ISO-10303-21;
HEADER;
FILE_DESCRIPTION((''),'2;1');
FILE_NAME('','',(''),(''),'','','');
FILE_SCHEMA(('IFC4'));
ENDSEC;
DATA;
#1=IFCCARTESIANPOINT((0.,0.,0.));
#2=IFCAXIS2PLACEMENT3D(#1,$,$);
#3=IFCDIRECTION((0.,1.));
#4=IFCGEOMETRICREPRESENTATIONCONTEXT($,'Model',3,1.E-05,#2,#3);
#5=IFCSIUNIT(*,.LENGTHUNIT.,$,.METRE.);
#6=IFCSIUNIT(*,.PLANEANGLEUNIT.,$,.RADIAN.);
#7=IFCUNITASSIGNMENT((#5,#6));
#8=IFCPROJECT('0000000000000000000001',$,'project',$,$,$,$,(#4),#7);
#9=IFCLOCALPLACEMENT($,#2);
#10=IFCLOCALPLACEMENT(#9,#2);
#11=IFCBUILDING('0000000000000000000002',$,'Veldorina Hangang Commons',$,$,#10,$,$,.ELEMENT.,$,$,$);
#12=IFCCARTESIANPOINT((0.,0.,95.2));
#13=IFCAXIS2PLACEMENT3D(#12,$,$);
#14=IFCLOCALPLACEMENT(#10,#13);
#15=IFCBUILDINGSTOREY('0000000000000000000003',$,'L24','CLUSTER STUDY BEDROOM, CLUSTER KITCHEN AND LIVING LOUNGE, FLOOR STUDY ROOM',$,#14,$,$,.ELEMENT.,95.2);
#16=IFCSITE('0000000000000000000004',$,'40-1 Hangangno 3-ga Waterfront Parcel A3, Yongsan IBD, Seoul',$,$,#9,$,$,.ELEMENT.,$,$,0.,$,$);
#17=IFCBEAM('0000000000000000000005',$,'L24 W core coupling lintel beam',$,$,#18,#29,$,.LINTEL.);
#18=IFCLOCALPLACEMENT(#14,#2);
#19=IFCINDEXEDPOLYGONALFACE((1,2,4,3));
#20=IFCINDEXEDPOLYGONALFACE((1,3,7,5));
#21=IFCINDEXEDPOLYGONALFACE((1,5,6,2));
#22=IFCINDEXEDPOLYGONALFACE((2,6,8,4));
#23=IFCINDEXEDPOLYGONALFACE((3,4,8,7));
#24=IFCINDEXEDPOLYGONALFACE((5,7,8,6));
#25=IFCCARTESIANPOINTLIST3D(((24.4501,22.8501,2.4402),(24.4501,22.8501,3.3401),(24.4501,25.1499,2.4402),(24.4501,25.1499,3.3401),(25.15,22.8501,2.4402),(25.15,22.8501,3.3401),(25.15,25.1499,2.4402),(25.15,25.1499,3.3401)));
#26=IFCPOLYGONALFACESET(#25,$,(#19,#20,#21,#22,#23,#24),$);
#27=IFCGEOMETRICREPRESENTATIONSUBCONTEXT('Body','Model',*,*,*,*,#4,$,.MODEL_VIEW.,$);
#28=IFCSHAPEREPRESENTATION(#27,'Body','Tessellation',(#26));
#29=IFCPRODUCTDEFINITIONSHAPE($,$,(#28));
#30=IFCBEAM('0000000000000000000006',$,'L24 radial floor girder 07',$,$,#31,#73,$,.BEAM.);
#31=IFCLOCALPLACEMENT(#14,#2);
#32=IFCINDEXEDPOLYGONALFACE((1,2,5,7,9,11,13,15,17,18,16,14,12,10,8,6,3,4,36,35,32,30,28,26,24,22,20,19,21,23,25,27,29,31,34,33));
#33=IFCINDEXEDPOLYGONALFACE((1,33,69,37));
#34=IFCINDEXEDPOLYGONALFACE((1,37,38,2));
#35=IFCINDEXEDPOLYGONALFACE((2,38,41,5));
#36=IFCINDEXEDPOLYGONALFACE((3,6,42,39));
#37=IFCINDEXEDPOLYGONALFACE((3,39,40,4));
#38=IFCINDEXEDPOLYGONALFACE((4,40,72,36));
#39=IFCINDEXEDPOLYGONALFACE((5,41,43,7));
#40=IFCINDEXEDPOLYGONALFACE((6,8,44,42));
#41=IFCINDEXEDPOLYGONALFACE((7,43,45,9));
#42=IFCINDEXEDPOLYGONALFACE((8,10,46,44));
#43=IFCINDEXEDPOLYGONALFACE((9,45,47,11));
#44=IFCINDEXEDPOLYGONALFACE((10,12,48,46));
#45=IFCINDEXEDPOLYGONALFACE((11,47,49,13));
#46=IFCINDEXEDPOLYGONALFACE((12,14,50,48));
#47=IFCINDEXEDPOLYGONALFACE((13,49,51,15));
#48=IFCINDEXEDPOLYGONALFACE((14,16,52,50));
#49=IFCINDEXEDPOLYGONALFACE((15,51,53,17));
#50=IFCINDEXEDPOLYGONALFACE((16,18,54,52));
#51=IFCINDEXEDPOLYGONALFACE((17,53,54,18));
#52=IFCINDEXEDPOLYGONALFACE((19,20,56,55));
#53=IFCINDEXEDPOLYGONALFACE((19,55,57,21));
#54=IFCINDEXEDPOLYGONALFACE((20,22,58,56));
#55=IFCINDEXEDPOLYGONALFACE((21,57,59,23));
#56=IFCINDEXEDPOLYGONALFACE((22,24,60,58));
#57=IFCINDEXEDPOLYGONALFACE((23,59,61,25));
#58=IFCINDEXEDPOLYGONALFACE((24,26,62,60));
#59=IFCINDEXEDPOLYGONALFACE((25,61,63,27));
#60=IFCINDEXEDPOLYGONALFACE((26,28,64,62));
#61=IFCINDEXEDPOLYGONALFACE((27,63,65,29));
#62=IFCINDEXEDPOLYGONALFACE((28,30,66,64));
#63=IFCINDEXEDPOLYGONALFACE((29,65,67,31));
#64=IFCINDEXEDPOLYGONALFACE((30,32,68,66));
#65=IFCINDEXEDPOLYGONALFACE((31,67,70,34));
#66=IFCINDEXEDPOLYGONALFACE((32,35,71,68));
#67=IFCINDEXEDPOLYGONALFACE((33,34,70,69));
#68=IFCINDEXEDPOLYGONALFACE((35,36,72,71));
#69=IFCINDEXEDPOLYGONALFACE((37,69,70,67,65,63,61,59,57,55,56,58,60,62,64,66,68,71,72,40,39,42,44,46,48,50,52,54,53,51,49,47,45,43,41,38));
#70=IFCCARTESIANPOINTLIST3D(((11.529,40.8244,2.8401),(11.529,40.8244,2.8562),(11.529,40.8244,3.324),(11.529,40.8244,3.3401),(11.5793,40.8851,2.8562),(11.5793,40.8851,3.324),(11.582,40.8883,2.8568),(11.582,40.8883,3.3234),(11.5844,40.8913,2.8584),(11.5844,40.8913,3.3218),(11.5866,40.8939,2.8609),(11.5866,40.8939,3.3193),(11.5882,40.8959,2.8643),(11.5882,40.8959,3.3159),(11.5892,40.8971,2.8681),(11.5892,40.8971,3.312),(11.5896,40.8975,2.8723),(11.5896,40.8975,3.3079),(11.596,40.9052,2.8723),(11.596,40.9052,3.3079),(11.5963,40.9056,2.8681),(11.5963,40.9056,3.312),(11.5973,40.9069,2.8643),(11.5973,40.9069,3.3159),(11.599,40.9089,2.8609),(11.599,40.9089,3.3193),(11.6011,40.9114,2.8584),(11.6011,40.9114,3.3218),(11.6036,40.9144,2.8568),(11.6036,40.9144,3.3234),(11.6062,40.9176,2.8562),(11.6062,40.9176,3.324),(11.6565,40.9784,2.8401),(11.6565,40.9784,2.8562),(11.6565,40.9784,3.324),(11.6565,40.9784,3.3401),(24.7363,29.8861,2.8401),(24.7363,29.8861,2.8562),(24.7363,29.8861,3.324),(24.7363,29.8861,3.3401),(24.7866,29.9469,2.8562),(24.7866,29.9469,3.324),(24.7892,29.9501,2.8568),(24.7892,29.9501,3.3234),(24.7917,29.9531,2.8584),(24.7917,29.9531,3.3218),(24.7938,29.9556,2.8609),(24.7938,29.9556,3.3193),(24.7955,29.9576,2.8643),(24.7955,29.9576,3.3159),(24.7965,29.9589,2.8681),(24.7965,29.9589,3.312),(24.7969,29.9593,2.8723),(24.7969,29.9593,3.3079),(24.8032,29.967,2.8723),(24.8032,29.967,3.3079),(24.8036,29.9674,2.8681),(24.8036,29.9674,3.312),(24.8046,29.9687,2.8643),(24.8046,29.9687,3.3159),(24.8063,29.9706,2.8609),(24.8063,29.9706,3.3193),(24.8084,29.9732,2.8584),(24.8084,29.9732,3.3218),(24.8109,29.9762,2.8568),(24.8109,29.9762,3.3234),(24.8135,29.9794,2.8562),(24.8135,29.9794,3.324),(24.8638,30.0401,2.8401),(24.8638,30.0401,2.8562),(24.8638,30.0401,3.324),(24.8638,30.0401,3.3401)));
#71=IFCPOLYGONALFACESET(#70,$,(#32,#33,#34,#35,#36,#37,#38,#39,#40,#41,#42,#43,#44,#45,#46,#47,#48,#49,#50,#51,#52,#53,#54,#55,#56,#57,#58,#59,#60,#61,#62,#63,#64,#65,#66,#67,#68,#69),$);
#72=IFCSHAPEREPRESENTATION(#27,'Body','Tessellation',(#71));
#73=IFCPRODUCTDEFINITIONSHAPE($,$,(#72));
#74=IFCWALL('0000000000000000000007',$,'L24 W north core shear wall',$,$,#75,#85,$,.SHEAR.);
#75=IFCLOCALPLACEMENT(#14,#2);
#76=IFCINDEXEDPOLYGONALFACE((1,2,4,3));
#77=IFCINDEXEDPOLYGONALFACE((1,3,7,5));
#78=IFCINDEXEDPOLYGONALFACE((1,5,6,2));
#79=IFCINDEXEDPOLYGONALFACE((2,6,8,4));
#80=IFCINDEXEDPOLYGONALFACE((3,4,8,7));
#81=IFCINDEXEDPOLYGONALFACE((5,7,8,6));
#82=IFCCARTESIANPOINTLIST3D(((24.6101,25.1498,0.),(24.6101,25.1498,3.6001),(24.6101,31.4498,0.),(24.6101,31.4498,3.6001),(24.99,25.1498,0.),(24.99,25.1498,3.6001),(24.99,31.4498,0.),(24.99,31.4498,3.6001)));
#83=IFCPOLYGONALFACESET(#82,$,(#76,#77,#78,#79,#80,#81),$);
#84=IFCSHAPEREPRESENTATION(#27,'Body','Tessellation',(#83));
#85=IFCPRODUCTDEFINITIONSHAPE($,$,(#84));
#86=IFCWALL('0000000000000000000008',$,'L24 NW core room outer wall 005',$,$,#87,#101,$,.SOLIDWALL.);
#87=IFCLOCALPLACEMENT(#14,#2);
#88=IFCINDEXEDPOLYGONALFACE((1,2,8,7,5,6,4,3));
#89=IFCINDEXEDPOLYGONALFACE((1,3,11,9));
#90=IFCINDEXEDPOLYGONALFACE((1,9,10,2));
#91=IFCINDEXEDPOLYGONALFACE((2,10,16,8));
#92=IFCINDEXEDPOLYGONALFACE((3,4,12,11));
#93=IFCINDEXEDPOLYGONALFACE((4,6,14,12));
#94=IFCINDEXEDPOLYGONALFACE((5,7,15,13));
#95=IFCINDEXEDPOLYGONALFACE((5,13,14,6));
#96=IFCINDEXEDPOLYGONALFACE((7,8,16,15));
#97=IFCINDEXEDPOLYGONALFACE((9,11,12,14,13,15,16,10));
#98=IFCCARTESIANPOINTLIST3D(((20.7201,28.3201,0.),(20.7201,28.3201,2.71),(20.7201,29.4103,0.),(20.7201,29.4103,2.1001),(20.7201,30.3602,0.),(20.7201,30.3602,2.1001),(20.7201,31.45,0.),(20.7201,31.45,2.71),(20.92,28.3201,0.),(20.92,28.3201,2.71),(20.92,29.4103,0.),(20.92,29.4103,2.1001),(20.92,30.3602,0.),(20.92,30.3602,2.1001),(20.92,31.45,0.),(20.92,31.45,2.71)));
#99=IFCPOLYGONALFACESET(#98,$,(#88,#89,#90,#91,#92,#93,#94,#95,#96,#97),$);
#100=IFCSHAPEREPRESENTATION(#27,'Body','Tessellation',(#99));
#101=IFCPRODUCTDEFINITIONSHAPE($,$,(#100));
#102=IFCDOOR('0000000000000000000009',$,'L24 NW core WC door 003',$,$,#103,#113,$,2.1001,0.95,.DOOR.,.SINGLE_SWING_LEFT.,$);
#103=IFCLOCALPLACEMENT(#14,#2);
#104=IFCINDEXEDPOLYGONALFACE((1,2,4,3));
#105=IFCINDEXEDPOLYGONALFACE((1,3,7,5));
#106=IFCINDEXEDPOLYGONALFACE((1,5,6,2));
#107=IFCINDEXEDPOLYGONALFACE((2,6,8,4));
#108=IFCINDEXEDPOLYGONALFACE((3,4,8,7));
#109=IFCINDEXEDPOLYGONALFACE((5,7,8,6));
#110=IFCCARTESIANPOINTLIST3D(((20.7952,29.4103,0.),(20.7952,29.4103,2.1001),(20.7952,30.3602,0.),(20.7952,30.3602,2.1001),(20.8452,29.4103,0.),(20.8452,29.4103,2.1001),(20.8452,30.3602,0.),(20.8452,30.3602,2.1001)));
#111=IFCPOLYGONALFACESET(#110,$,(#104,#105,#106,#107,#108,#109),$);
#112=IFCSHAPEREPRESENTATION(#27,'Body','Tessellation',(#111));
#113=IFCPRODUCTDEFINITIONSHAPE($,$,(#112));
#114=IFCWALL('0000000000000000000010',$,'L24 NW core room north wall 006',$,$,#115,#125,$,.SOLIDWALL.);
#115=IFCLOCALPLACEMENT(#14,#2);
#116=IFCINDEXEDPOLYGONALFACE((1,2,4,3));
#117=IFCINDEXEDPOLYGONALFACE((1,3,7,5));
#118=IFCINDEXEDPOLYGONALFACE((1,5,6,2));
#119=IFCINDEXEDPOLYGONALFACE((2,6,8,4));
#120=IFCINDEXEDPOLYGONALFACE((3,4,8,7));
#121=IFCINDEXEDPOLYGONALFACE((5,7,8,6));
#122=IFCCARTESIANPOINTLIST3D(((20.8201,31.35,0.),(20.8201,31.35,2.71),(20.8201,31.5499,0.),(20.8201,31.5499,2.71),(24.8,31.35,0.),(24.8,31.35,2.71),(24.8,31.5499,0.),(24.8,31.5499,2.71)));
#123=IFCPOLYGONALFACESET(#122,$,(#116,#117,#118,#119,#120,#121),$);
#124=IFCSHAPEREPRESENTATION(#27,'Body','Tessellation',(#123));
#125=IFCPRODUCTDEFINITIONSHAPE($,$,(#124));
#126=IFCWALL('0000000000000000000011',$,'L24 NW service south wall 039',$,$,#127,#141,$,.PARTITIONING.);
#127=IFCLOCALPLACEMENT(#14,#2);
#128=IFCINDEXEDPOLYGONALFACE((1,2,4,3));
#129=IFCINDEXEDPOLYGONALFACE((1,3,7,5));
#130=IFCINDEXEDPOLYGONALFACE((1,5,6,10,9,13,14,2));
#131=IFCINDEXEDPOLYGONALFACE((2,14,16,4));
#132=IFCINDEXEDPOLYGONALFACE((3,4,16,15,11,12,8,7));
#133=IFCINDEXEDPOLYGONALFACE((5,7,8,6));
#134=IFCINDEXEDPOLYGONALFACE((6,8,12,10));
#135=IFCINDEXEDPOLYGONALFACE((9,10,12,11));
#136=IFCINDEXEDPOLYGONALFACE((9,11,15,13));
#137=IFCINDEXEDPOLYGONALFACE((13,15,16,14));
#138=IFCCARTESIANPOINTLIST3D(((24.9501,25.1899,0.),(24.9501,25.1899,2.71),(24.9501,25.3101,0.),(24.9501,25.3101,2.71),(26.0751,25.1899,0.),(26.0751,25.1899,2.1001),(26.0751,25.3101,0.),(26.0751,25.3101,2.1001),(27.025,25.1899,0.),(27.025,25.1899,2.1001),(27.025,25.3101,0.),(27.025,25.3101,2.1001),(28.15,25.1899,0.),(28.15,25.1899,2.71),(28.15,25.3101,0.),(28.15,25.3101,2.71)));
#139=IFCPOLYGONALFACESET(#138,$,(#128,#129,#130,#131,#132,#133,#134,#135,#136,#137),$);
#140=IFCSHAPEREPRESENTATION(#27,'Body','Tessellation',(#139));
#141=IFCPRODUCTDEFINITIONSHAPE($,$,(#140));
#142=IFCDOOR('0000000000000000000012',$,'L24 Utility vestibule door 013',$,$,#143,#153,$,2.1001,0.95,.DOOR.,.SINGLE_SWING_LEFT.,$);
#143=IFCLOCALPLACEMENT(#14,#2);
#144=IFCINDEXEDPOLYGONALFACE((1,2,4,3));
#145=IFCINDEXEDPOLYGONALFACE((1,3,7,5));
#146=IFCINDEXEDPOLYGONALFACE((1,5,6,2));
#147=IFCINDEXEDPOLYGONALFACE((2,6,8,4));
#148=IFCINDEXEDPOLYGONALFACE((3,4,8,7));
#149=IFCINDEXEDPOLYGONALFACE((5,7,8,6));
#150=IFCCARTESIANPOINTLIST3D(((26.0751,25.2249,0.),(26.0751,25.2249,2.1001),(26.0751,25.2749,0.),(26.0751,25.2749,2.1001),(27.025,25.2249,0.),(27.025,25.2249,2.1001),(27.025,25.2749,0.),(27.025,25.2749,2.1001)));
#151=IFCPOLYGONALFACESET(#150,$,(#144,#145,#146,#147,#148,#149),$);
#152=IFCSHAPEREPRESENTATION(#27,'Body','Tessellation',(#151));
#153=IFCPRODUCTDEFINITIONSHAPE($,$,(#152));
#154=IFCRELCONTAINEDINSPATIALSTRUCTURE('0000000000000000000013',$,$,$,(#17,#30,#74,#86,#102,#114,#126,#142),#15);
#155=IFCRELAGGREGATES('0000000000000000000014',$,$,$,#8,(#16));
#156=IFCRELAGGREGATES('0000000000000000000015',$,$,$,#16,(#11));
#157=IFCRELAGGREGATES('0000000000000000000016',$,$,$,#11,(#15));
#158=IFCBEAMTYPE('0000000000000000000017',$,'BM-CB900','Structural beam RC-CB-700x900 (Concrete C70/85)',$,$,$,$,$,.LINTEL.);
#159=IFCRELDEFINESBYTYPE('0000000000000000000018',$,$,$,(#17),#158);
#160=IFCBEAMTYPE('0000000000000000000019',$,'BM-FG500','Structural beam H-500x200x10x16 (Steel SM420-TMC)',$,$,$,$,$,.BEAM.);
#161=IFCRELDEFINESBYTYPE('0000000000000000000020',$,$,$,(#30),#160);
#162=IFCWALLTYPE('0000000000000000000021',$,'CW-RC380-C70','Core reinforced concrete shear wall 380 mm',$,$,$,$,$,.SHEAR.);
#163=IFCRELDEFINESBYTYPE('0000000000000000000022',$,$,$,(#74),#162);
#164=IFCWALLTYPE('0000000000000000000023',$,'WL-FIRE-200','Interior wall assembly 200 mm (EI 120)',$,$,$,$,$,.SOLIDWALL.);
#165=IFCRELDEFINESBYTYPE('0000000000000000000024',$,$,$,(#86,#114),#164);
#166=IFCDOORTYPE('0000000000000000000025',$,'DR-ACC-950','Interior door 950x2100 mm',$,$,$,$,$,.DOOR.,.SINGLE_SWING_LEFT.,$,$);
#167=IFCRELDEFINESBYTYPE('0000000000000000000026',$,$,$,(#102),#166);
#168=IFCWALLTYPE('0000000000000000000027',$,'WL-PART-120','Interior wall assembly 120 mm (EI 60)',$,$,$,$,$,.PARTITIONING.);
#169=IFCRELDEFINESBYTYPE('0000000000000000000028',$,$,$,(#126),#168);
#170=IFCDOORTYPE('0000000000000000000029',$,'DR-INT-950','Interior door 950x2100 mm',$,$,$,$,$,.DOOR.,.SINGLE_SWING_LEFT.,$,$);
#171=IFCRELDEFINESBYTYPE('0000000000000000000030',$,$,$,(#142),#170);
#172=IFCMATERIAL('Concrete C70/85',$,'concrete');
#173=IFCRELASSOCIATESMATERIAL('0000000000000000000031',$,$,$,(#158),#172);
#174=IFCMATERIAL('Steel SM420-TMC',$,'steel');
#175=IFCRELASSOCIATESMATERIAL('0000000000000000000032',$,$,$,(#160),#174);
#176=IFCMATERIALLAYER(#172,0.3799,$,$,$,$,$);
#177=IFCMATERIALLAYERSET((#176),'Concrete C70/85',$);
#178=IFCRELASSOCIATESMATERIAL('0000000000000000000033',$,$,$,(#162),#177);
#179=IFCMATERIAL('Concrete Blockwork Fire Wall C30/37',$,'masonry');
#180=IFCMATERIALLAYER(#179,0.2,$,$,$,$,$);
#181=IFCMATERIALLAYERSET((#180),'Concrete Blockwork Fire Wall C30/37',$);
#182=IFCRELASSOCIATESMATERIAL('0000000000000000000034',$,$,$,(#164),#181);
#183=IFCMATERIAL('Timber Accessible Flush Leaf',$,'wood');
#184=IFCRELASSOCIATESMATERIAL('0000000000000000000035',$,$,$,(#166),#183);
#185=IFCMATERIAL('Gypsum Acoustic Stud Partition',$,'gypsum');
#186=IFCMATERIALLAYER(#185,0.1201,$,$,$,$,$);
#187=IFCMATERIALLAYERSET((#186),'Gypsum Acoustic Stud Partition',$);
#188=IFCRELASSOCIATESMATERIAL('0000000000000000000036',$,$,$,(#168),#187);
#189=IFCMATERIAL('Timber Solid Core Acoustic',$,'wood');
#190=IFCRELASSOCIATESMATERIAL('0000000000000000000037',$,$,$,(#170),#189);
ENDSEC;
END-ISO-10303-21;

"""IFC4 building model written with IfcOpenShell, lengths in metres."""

from ifc_helpers import new_model, si_unit, direction, frame, frame_2d, origin, origin_2d, place, context, subcontext, project, spatial, rectangle, i_section, extrude, material, layer, layer_set, material_profile, profile_set, type_object, element, fill, save


model = new_model("IFC4")

# Units and contexts
model_context = context("Model", 3, precision=1e-05, world=origin(), true_north=direction((0.0, 1.0)))
body_context = subcontext(model_context, "Body", "Model", "MODEL_VIEW")
ifc_project = project(units=[si_unit("LENGTHUNIT", "METRE"), si_unit("PLANEANGLEUNIT", "RADIAN")], contexts=[model_context])

# Site, building, storey
site_placement = place(None, origin())
site = spatial("IfcSite", under=ifc_project, at=site_placement, Name="40-1 Hangangno 3-ga Waterfront Parcel A3, Yongsan IBD, Seoul", CompositionType="ELEMENT", RefElevation=0.0)
building_placement = place(site_placement, origin())
building = spatial("IfcBuilding", under=site, at=building_placement, Name="Veldorina Hangang Commons", CompositionType="ELEMENT")
storey_placement = place(building_placement, frame((0.0, 0.0, 95.2)))
storey = spatial("IfcBuildingStorey", under=building, at=storey_placement, Name="L24", Description="CLUSTER STUDY BEDROOM, CLUSTER KITCHEN AND LIVING LOUNGE, FLOOR STUDY ROOM", CompositionType="ELEMENT", Elevation=95.2)

# Beams
ifc_material_1 = material(Name="Concrete C70/85", Category="concrete")
ifc_material_profile_1 = material_profile(ifc_material_1, rectangle(XDim=0.7, YDim=0.8999, at=origin_2d()), Name="RC-CB-700x900")
ifc_profile_set_1 = profile_set([ifc_material_profile_1], Name="Concrete C70/85")
beam_type_1 = type_object("IfcBeamType", Name="BM-CB900", Description="Structural beam RC-CB-700x900 (Concrete C70/85)", PredefinedType="LINTEL", material=ifc_profile_set_1)
beam_1_placement = place(storey_placement, frame((24.8, 22.8501, 2.8901), z_axis=(0.0, 1.0, 0.0), x_axis=(-1.0, 0.0, 0.0)))
element("IfcBeam", 1, at=beam_1_placement, inside=storey, type_object=beam_type_1, Name="L24 W core coupling lintel beam", PredefinedType="LINTEL", context=body_context, shape_type="SweptSolid", body=[
    extrude(rectangle(XDim=0.7, YDim=0.8999, at=origin_2d()), origin(), (0.0, 0.0, 1.0), 2.2998),
])
ifc_material_2 = material(Name="Steel SM420-TMC", Category="steel")
ifc_material_profile_2 = material_profile(ifc_material_2, i_section(OverallWidth=0.2, OverallDepth=0.5, WebThickness=0.01, FlangeThickness=0.0161, FilletRadius=0.0161, at=origin_2d()), Name="H-500x200x10x16")
ifc_profile_set_2 = profile_set([ifc_material_profile_2], Name="Steel SM420-TMC")
beam_type_2 = type_object("IfcBeamType", Name="BM-FG500", Description="Structural beam H-500x200x10x16 (Steel SM420-TMC)", PredefinedType="BEAM", material=ifc_profile_set_2)
beam_2_placement = place(storey_placement, frame((24.8, 29.9631, 3.0901), z_axis=(-0.770163, 0.637847, 0.0), x_axis=(-0.637847, -0.770163, 0.0)))
element("IfcBeam", 2, at=beam_2_placement, inside=storey, type_object=beam_type_2, Name="L24 radial floor girder 07", PredefinedType="BEAM", context=body_context, shape_type="SweptSolid", body=[
    extrude(i_section(OverallWidth=0.2, OverallDepth=0.5, WebThickness=0.01, FlangeThickness=0.0161, FilletRadius=0.0161, at=origin_2d()), origin(), (0.0, 0.0, 1.0), 17.1487),
])

# Wall
ifc_layer_1 = layer(ifc_material_1, 0.3799)
ifc_layer_set_1 = layer_set([ifc_layer_1], Name="Concrete C70/85")
wall_type_1 = type_object("IfcWallType", Name="CW-RC380-C70", Description="Core reinforced concrete shear wall 380 mm", PredefinedType="SHEAR", material=ifc_layer_set_1)
wall_1_placement = place(storey_placement, frame((24.8, 25.1499, 0.0), z_axis=(0.0, 0.0, 1.0), x_axis=(0.0, 1.0, 0.0)))
element("IfcWall", 3, at=wall_1_placement, inside=storey, type_object=wall_type_1, Name="L24 W north core shear wall", PredefinedType="SHEAR", context=body_context, shape_type="SweptSolid", body=[
    extrude(rectangle(XDim=6.3, YDim=0.3799, at=frame_2d((3.1499, 0.0))), origin(), (0.0, 0.0, 1.0), 3.6001),
])

# Wall, opening, door
ifc_material_3 = material(Name="Concrete Blockwork Fire Wall C30/37", Category="masonry")
ifc_layer_2 = layer(ifc_material_3, 0.2)
ifc_layer_set_2 = layer_set([ifc_layer_2], Name="Concrete Blockwork Fire Wall C30/37")
wall_type_2 = type_object("IfcWallType", Name="WL-FIRE-200", Description="Interior wall assembly 200 mm (EI 120)", PredefinedType="SOLIDWALL", material=ifc_layer_set_2)
wall_2_placement = place(storey_placement, frame((20.8201, 28.3201, 0.0), z_axis=(0.0, 0.0, 1.0), x_axis=(0.0, 1.0, 0.0)))
wall_2 = element("IfcWall", 4, at=wall_2_placement, inside=storey, type_object=wall_type_2, Name="L24 NW core room outer wall 005", PredefinedType="SOLIDWALL", context=body_context, shape_type="SweptSolid", body=[
    extrude(rectangle(XDim=3.1299, YDim=0.2, at=frame_2d((1.5649, 0.0))), origin(), (0.0, 0.0, 1.0), 2.71),
])
opening_1_placement = place(wall_2_placement, frame((1.0901, 0.0, 0.0)))
opening_1 = element("IfcOpeningElement", 5, at=opening_1_placement, cuts=wall_2, PredefinedType="OPENING", context=body_context, shape_type="SweptSolid", body=[
    extrude(rectangle(XDim=0.95, YDim=2.1001, at=frame_2d((0.4751, 1.05))), frame((0.0, 0.1099, 0.0), z_axis=(0.0, -1.0, 0.0), x_axis=(1.0, 0.0, 0.0)), (0.0, 0.0, 1.0), 0.22),
])
ifc_material_4 = material(Name="Timber Accessible Flush Leaf", Category="wood")
door_type_1 = type_object("IfcDoorType", Name="DR-ACC-950", Description="Interior door 950x2100 mm", OperationType="SINGLE_SWING_LEFT", PredefinedType="DOOR", material=ifc_material_4)
door_1_placement = place(opening_1_placement, origin())
door_1 = element("IfcDoor", 6, at=door_1_placement, inside=storey, type_object=door_type_1, Name="L24 NW core WC door 003", OperationType="SINGLE_SWING_LEFT", OverallHeight=2.1001, OverallWidth=0.95, PredefinedType="DOOR", context=body_context, shape_type="SweptSolid", body=[
    extrude(rectangle(XDim=0.95, YDim=2.1001, at=frame_2d((0.4751, 1.05))), frame((0.0, 0.0249, 0.0), z_axis=(0.0, -1.0, 0.0), x_axis=(1.0, 0.0, 0.0)), (0.0, 0.0, 1.0), 0.05),
])
fill(opening_1, door_1)

# Wall
wall_3_placement = place(storey_placement, frame((20.8201, 31.45, 0.0), z_axis=(0.0, 0.0, 1.0), x_axis=(1.0, 0.0, 0.0)))
element("IfcWall", 7, at=wall_3_placement, inside=storey, type_object=wall_type_2, Name="L24 NW core room north wall 006", PredefinedType="SOLIDWALL", context=body_context, shape_type="SweptSolid", body=[
    extrude(rectangle(XDim=3.98, YDim=0.2, at=frame_2d((1.99, 0.0))), origin(), (0.0, 0.0, 1.0), 2.71),
])

# Wall, opening, door
ifc_material_5 = material(Name="Gypsum Acoustic Stud Partition", Category="gypsum")
ifc_layer_3 = layer(ifc_material_5, 0.1201)
ifc_layer_set_3 = layer_set([ifc_layer_3], Name="Gypsum Acoustic Stud Partition")
wall_type_3 = type_object("IfcWallType", Name="WL-PART-120", Description="Interior wall assembly 120 mm (EI 60)", PredefinedType="PARTITIONING", material=ifc_layer_set_3)
wall_4_placement = place(storey_placement, frame((24.95, 25.25, 0.0), z_axis=(0.0, 0.0, 1.0), x_axis=(1.0, 0.0, 0.0)))
wall_4 = element("IfcWall", 8, at=wall_4_placement, inside=storey, type_object=wall_type_3, Name="L24 NW service south wall 039", PredefinedType="PARTITIONING", context=body_context, shape_type="SweptSolid", body=[
    extrude(rectangle(XDim=3.2, YDim=0.1201, at=frame_2d((1.6001, 0.0))), origin(), (0.0, 0.0, 1.0), 2.71),
])
opening_2_placement = place(wall_4_placement, frame((1.125, 0.0, 0.0)))
opening_2 = element("IfcOpeningElement", 9, at=opening_2_placement, cuts=wall_4, PredefinedType="OPENING", context=body_context, shape_type="SweptSolid", body=[
    extrude(rectangle(XDim=0.95, YDim=2.1001, at=frame_2d((0.4751, 1.05))), frame((0.0, 0.0701, 0.0), z_axis=(0.0, -1.0, 0.0), x_axis=(1.0, 0.0, 0.0)), (0.0, 0.0, 1.0), 0.1401),
])
ifc_material_6 = material(Name="Timber Solid Core Acoustic", Category="wood")
door_type_2 = type_object("IfcDoorType", Name="DR-INT-950", Description="Interior door 950x2100 mm", OperationType="SINGLE_SWING_LEFT", PredefinedType="DOOR", material=ifc_material_6)
door_2_placement = place(opening_2_placement, origin())
door_2 = element("IfcDoor", 10, at=door_2_placement, inside=storey, type_object=door_type_2, Name="L24 Utility vestibule door 013", OperationType="SINGLE_SWING_LEFT", OverallHeight=2.1001, OverallWidth=0.95, PredefinedType="DOOR", context=body_context, shape_type="SweptSolid", body=[
    extrude(rectangle(XDim=0.95, YDim=2.1001, at=frame_2d((0.4751, 1.05))), frame((0.0, 0.0249, 0.0), z_axis=(0.0, -1.0, 0.0), x_axis=(1.0, 0.0, 0.0)), (0.0, 0.0, 1.0), 0.05),
])
fill(opening_2, door_2)

save(model, "model.ifc")
